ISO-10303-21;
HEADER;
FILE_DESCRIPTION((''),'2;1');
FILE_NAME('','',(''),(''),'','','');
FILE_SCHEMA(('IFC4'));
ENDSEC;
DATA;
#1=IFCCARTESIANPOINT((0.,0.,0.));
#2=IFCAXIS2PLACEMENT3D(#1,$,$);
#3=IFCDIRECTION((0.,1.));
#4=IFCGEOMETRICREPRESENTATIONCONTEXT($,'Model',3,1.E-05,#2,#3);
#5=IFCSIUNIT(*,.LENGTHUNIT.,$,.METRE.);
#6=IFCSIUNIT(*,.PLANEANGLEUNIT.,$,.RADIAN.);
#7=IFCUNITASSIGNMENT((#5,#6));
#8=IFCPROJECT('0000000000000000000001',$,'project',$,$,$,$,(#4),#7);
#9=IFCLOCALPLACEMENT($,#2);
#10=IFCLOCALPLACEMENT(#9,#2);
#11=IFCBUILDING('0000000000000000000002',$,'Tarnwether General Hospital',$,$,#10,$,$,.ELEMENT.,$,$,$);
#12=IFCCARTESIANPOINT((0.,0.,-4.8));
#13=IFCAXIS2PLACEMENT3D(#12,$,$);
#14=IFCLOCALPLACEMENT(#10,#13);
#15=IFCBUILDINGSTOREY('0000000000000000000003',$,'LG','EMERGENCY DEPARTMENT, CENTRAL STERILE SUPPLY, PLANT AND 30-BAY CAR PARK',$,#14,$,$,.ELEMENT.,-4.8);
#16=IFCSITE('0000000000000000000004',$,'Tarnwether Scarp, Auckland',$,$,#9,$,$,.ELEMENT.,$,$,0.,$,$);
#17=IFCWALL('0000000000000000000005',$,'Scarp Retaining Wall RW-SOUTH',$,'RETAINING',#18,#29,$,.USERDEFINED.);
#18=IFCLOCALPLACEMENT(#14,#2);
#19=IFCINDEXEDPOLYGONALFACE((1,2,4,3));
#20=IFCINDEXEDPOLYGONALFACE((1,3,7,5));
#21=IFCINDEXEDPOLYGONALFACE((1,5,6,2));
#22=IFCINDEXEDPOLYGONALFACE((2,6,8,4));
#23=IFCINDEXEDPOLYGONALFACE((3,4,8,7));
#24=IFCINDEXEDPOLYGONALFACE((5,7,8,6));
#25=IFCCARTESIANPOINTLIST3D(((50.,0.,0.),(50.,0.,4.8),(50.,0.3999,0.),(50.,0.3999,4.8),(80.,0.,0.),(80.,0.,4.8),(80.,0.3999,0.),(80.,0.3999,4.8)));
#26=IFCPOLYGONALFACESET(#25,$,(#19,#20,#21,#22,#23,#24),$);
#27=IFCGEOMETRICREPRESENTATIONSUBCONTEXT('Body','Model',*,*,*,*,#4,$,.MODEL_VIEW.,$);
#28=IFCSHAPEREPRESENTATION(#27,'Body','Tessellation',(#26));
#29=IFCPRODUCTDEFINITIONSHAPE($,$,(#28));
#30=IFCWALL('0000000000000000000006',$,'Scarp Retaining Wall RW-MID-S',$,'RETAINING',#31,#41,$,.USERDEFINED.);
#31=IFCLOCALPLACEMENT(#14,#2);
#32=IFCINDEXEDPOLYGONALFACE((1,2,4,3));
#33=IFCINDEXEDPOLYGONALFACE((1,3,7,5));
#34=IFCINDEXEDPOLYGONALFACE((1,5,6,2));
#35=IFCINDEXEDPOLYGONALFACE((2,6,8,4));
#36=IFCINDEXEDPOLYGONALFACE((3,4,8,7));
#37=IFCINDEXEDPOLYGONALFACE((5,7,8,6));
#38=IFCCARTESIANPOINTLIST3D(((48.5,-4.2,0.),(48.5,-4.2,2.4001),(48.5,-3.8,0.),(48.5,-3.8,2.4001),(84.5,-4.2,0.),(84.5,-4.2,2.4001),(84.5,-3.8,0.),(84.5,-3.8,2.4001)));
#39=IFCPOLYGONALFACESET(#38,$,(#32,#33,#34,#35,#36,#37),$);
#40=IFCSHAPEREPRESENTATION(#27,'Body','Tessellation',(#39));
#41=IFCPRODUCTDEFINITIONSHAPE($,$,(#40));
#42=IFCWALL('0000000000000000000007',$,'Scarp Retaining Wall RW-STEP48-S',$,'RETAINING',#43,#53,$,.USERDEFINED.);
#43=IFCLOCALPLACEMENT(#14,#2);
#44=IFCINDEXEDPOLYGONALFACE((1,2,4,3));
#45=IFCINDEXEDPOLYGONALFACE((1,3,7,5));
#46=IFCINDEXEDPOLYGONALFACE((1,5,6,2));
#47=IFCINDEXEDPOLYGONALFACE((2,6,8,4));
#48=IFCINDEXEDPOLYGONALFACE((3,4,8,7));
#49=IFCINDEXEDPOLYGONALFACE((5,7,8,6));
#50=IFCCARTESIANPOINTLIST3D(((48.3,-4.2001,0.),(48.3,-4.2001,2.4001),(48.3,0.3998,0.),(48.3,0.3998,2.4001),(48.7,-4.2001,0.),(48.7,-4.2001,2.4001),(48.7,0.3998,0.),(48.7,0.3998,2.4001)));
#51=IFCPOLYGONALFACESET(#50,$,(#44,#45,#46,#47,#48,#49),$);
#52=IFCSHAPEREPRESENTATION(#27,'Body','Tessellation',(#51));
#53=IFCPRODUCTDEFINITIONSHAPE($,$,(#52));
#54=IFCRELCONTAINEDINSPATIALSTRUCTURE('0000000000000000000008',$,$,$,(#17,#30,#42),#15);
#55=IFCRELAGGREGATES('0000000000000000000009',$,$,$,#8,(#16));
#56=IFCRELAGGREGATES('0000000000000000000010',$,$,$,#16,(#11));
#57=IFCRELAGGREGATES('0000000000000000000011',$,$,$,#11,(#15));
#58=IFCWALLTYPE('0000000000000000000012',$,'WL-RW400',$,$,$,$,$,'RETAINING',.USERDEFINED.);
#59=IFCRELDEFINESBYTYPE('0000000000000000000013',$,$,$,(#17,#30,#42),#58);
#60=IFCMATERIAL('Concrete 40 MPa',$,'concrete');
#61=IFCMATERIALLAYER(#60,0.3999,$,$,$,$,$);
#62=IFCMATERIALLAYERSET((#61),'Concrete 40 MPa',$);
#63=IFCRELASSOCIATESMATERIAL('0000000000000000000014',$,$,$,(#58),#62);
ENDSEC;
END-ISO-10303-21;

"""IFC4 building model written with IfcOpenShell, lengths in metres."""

from ifc_helpers import new_model, si_unit, direction, frame, frame_2d, origin, place, context, subcontext, project, spatial, rectangle, extrude, material, layer, layer_set, type_object, element, save


model = new_model("IFC4")

# Units and contexts
model_context = context("Model", 3, precision=1e-05, world=origin(), true_north=direction((0.0, 1.0)))
body_context = subcontext(model_context, "Body", "Model", "MODEL_VIEW")
ifc_project = project(units=[si_unit("LENGTHUNIT", "METRE"), si_unit("PLANEANGLEUNIT", "RADIAN")], contexts=[model_context])

# Site, building, storey
site_placement = place(None, origin())
site = spatial("IfcSite", under=ifc_project, at=site_placement, Name="Tarnwether Scarp, Auckland", CompositionType="ELEMENT", RefElevation=0.0)
building_placement = place(site_placement, origin())
building = spatial("IfcBuilding", under=site, at=building_placement, Name="Tarnwether General Hospital", CompositionType="ELEMENT")
storey_placement = place(building_placement, frame((0.0, 0.0, -4.8)))
storey = spatial("IfcBuildingStorey", under=building, at=storey_placement, Name="LG", Description="EMERGENCY DEPARTMENT, CENTRAL STERILE SUPPLY, PLANT AND 30-BAY CAR PARK", CompositionType="ELEMENT", Elevation=-4.8)

# Walls
ifc_material_1 = material(Name="Concrete 40 MPa", Category="concrete")
ifc_layer_1 = layer(ifc_material_1, 0.3999)
ifc_layer_set_1 = layer_set([ifc_layer_1], Name="Concrete 40 MPa")
wall_type_1 = type_object("IfcWallType", Name="WL-RW400", ElementType="RETAINING", PredefinedType="USERDEFINED", material=ifc_layer_set_1)
wall_1_placement = place(storey_placement, frame((50.0, 0.2, 0.0), z_axis=(0.0, 0.0, 1.0), x_axis=(1.0, 0.0, 0.0)))
element("IfcWall", 1, at=wall_1_placement, inside=storey, type_object=wall_type_1, Name="Scarp Retaining Wall RW-SOUTH", ObjectType="RETAINING", PredefinedType="USERDEFINED", context=body_context, shape_type="SweptSolid", body=[
    extrude(rectangle(XDim=30.0, YDim=0.3999, at=frame_2d((15.0, 0.0))), origin(), (0.0, 0.0, 1.0), 4.8),
])
wall_2_placement = place(storey_placement, frame((48.5, -4.0, 0.0), z_axis=(0.0, 0.0, 1.0), x_axis=(1.0, 0.0, 0.0)))
element("IfcWall", 2, at=wall_2_placement, inside=storey, type_object=wall_type_1, Name="Scarp Retaining Wall RW-MID-S", ObjectType="RETAINING", PredefinedType="USERDEFINED", context=body_context, shape_type="SweptSolid", body=[
    extrude(rectangle(XDim=36.0, YDim=0.3999, at=frame_2d((18.0, 0.0))), origin(), (0.0, 0.0, 1.0), 2.4001),
])
wall_3_placement = place(storey_placement, frame((48.5, -4.2, 0.0), z_axis=(0.0, 0.0, 1.0), x_axis=(0.0, 1.0, 0.0)))
element("IfcWall", 3, at=wall_3_placement, inside=storey, type_object=wall_type_1, Name="Scarp Retaining Wall RW-STEP48-S", ObjectType="RETAINING", PredefinedType="USERDEFINED", context=body_context, shape_type="SweptSolid", body=[
    extrude(rectangle(XDim=4.5999, YDim=0.3999, at=frame_2d((2.2998, 0.0))), origin(), (0.0, 0.0, 1.0), 2.4001),
])

save(model, "model.ifc")
